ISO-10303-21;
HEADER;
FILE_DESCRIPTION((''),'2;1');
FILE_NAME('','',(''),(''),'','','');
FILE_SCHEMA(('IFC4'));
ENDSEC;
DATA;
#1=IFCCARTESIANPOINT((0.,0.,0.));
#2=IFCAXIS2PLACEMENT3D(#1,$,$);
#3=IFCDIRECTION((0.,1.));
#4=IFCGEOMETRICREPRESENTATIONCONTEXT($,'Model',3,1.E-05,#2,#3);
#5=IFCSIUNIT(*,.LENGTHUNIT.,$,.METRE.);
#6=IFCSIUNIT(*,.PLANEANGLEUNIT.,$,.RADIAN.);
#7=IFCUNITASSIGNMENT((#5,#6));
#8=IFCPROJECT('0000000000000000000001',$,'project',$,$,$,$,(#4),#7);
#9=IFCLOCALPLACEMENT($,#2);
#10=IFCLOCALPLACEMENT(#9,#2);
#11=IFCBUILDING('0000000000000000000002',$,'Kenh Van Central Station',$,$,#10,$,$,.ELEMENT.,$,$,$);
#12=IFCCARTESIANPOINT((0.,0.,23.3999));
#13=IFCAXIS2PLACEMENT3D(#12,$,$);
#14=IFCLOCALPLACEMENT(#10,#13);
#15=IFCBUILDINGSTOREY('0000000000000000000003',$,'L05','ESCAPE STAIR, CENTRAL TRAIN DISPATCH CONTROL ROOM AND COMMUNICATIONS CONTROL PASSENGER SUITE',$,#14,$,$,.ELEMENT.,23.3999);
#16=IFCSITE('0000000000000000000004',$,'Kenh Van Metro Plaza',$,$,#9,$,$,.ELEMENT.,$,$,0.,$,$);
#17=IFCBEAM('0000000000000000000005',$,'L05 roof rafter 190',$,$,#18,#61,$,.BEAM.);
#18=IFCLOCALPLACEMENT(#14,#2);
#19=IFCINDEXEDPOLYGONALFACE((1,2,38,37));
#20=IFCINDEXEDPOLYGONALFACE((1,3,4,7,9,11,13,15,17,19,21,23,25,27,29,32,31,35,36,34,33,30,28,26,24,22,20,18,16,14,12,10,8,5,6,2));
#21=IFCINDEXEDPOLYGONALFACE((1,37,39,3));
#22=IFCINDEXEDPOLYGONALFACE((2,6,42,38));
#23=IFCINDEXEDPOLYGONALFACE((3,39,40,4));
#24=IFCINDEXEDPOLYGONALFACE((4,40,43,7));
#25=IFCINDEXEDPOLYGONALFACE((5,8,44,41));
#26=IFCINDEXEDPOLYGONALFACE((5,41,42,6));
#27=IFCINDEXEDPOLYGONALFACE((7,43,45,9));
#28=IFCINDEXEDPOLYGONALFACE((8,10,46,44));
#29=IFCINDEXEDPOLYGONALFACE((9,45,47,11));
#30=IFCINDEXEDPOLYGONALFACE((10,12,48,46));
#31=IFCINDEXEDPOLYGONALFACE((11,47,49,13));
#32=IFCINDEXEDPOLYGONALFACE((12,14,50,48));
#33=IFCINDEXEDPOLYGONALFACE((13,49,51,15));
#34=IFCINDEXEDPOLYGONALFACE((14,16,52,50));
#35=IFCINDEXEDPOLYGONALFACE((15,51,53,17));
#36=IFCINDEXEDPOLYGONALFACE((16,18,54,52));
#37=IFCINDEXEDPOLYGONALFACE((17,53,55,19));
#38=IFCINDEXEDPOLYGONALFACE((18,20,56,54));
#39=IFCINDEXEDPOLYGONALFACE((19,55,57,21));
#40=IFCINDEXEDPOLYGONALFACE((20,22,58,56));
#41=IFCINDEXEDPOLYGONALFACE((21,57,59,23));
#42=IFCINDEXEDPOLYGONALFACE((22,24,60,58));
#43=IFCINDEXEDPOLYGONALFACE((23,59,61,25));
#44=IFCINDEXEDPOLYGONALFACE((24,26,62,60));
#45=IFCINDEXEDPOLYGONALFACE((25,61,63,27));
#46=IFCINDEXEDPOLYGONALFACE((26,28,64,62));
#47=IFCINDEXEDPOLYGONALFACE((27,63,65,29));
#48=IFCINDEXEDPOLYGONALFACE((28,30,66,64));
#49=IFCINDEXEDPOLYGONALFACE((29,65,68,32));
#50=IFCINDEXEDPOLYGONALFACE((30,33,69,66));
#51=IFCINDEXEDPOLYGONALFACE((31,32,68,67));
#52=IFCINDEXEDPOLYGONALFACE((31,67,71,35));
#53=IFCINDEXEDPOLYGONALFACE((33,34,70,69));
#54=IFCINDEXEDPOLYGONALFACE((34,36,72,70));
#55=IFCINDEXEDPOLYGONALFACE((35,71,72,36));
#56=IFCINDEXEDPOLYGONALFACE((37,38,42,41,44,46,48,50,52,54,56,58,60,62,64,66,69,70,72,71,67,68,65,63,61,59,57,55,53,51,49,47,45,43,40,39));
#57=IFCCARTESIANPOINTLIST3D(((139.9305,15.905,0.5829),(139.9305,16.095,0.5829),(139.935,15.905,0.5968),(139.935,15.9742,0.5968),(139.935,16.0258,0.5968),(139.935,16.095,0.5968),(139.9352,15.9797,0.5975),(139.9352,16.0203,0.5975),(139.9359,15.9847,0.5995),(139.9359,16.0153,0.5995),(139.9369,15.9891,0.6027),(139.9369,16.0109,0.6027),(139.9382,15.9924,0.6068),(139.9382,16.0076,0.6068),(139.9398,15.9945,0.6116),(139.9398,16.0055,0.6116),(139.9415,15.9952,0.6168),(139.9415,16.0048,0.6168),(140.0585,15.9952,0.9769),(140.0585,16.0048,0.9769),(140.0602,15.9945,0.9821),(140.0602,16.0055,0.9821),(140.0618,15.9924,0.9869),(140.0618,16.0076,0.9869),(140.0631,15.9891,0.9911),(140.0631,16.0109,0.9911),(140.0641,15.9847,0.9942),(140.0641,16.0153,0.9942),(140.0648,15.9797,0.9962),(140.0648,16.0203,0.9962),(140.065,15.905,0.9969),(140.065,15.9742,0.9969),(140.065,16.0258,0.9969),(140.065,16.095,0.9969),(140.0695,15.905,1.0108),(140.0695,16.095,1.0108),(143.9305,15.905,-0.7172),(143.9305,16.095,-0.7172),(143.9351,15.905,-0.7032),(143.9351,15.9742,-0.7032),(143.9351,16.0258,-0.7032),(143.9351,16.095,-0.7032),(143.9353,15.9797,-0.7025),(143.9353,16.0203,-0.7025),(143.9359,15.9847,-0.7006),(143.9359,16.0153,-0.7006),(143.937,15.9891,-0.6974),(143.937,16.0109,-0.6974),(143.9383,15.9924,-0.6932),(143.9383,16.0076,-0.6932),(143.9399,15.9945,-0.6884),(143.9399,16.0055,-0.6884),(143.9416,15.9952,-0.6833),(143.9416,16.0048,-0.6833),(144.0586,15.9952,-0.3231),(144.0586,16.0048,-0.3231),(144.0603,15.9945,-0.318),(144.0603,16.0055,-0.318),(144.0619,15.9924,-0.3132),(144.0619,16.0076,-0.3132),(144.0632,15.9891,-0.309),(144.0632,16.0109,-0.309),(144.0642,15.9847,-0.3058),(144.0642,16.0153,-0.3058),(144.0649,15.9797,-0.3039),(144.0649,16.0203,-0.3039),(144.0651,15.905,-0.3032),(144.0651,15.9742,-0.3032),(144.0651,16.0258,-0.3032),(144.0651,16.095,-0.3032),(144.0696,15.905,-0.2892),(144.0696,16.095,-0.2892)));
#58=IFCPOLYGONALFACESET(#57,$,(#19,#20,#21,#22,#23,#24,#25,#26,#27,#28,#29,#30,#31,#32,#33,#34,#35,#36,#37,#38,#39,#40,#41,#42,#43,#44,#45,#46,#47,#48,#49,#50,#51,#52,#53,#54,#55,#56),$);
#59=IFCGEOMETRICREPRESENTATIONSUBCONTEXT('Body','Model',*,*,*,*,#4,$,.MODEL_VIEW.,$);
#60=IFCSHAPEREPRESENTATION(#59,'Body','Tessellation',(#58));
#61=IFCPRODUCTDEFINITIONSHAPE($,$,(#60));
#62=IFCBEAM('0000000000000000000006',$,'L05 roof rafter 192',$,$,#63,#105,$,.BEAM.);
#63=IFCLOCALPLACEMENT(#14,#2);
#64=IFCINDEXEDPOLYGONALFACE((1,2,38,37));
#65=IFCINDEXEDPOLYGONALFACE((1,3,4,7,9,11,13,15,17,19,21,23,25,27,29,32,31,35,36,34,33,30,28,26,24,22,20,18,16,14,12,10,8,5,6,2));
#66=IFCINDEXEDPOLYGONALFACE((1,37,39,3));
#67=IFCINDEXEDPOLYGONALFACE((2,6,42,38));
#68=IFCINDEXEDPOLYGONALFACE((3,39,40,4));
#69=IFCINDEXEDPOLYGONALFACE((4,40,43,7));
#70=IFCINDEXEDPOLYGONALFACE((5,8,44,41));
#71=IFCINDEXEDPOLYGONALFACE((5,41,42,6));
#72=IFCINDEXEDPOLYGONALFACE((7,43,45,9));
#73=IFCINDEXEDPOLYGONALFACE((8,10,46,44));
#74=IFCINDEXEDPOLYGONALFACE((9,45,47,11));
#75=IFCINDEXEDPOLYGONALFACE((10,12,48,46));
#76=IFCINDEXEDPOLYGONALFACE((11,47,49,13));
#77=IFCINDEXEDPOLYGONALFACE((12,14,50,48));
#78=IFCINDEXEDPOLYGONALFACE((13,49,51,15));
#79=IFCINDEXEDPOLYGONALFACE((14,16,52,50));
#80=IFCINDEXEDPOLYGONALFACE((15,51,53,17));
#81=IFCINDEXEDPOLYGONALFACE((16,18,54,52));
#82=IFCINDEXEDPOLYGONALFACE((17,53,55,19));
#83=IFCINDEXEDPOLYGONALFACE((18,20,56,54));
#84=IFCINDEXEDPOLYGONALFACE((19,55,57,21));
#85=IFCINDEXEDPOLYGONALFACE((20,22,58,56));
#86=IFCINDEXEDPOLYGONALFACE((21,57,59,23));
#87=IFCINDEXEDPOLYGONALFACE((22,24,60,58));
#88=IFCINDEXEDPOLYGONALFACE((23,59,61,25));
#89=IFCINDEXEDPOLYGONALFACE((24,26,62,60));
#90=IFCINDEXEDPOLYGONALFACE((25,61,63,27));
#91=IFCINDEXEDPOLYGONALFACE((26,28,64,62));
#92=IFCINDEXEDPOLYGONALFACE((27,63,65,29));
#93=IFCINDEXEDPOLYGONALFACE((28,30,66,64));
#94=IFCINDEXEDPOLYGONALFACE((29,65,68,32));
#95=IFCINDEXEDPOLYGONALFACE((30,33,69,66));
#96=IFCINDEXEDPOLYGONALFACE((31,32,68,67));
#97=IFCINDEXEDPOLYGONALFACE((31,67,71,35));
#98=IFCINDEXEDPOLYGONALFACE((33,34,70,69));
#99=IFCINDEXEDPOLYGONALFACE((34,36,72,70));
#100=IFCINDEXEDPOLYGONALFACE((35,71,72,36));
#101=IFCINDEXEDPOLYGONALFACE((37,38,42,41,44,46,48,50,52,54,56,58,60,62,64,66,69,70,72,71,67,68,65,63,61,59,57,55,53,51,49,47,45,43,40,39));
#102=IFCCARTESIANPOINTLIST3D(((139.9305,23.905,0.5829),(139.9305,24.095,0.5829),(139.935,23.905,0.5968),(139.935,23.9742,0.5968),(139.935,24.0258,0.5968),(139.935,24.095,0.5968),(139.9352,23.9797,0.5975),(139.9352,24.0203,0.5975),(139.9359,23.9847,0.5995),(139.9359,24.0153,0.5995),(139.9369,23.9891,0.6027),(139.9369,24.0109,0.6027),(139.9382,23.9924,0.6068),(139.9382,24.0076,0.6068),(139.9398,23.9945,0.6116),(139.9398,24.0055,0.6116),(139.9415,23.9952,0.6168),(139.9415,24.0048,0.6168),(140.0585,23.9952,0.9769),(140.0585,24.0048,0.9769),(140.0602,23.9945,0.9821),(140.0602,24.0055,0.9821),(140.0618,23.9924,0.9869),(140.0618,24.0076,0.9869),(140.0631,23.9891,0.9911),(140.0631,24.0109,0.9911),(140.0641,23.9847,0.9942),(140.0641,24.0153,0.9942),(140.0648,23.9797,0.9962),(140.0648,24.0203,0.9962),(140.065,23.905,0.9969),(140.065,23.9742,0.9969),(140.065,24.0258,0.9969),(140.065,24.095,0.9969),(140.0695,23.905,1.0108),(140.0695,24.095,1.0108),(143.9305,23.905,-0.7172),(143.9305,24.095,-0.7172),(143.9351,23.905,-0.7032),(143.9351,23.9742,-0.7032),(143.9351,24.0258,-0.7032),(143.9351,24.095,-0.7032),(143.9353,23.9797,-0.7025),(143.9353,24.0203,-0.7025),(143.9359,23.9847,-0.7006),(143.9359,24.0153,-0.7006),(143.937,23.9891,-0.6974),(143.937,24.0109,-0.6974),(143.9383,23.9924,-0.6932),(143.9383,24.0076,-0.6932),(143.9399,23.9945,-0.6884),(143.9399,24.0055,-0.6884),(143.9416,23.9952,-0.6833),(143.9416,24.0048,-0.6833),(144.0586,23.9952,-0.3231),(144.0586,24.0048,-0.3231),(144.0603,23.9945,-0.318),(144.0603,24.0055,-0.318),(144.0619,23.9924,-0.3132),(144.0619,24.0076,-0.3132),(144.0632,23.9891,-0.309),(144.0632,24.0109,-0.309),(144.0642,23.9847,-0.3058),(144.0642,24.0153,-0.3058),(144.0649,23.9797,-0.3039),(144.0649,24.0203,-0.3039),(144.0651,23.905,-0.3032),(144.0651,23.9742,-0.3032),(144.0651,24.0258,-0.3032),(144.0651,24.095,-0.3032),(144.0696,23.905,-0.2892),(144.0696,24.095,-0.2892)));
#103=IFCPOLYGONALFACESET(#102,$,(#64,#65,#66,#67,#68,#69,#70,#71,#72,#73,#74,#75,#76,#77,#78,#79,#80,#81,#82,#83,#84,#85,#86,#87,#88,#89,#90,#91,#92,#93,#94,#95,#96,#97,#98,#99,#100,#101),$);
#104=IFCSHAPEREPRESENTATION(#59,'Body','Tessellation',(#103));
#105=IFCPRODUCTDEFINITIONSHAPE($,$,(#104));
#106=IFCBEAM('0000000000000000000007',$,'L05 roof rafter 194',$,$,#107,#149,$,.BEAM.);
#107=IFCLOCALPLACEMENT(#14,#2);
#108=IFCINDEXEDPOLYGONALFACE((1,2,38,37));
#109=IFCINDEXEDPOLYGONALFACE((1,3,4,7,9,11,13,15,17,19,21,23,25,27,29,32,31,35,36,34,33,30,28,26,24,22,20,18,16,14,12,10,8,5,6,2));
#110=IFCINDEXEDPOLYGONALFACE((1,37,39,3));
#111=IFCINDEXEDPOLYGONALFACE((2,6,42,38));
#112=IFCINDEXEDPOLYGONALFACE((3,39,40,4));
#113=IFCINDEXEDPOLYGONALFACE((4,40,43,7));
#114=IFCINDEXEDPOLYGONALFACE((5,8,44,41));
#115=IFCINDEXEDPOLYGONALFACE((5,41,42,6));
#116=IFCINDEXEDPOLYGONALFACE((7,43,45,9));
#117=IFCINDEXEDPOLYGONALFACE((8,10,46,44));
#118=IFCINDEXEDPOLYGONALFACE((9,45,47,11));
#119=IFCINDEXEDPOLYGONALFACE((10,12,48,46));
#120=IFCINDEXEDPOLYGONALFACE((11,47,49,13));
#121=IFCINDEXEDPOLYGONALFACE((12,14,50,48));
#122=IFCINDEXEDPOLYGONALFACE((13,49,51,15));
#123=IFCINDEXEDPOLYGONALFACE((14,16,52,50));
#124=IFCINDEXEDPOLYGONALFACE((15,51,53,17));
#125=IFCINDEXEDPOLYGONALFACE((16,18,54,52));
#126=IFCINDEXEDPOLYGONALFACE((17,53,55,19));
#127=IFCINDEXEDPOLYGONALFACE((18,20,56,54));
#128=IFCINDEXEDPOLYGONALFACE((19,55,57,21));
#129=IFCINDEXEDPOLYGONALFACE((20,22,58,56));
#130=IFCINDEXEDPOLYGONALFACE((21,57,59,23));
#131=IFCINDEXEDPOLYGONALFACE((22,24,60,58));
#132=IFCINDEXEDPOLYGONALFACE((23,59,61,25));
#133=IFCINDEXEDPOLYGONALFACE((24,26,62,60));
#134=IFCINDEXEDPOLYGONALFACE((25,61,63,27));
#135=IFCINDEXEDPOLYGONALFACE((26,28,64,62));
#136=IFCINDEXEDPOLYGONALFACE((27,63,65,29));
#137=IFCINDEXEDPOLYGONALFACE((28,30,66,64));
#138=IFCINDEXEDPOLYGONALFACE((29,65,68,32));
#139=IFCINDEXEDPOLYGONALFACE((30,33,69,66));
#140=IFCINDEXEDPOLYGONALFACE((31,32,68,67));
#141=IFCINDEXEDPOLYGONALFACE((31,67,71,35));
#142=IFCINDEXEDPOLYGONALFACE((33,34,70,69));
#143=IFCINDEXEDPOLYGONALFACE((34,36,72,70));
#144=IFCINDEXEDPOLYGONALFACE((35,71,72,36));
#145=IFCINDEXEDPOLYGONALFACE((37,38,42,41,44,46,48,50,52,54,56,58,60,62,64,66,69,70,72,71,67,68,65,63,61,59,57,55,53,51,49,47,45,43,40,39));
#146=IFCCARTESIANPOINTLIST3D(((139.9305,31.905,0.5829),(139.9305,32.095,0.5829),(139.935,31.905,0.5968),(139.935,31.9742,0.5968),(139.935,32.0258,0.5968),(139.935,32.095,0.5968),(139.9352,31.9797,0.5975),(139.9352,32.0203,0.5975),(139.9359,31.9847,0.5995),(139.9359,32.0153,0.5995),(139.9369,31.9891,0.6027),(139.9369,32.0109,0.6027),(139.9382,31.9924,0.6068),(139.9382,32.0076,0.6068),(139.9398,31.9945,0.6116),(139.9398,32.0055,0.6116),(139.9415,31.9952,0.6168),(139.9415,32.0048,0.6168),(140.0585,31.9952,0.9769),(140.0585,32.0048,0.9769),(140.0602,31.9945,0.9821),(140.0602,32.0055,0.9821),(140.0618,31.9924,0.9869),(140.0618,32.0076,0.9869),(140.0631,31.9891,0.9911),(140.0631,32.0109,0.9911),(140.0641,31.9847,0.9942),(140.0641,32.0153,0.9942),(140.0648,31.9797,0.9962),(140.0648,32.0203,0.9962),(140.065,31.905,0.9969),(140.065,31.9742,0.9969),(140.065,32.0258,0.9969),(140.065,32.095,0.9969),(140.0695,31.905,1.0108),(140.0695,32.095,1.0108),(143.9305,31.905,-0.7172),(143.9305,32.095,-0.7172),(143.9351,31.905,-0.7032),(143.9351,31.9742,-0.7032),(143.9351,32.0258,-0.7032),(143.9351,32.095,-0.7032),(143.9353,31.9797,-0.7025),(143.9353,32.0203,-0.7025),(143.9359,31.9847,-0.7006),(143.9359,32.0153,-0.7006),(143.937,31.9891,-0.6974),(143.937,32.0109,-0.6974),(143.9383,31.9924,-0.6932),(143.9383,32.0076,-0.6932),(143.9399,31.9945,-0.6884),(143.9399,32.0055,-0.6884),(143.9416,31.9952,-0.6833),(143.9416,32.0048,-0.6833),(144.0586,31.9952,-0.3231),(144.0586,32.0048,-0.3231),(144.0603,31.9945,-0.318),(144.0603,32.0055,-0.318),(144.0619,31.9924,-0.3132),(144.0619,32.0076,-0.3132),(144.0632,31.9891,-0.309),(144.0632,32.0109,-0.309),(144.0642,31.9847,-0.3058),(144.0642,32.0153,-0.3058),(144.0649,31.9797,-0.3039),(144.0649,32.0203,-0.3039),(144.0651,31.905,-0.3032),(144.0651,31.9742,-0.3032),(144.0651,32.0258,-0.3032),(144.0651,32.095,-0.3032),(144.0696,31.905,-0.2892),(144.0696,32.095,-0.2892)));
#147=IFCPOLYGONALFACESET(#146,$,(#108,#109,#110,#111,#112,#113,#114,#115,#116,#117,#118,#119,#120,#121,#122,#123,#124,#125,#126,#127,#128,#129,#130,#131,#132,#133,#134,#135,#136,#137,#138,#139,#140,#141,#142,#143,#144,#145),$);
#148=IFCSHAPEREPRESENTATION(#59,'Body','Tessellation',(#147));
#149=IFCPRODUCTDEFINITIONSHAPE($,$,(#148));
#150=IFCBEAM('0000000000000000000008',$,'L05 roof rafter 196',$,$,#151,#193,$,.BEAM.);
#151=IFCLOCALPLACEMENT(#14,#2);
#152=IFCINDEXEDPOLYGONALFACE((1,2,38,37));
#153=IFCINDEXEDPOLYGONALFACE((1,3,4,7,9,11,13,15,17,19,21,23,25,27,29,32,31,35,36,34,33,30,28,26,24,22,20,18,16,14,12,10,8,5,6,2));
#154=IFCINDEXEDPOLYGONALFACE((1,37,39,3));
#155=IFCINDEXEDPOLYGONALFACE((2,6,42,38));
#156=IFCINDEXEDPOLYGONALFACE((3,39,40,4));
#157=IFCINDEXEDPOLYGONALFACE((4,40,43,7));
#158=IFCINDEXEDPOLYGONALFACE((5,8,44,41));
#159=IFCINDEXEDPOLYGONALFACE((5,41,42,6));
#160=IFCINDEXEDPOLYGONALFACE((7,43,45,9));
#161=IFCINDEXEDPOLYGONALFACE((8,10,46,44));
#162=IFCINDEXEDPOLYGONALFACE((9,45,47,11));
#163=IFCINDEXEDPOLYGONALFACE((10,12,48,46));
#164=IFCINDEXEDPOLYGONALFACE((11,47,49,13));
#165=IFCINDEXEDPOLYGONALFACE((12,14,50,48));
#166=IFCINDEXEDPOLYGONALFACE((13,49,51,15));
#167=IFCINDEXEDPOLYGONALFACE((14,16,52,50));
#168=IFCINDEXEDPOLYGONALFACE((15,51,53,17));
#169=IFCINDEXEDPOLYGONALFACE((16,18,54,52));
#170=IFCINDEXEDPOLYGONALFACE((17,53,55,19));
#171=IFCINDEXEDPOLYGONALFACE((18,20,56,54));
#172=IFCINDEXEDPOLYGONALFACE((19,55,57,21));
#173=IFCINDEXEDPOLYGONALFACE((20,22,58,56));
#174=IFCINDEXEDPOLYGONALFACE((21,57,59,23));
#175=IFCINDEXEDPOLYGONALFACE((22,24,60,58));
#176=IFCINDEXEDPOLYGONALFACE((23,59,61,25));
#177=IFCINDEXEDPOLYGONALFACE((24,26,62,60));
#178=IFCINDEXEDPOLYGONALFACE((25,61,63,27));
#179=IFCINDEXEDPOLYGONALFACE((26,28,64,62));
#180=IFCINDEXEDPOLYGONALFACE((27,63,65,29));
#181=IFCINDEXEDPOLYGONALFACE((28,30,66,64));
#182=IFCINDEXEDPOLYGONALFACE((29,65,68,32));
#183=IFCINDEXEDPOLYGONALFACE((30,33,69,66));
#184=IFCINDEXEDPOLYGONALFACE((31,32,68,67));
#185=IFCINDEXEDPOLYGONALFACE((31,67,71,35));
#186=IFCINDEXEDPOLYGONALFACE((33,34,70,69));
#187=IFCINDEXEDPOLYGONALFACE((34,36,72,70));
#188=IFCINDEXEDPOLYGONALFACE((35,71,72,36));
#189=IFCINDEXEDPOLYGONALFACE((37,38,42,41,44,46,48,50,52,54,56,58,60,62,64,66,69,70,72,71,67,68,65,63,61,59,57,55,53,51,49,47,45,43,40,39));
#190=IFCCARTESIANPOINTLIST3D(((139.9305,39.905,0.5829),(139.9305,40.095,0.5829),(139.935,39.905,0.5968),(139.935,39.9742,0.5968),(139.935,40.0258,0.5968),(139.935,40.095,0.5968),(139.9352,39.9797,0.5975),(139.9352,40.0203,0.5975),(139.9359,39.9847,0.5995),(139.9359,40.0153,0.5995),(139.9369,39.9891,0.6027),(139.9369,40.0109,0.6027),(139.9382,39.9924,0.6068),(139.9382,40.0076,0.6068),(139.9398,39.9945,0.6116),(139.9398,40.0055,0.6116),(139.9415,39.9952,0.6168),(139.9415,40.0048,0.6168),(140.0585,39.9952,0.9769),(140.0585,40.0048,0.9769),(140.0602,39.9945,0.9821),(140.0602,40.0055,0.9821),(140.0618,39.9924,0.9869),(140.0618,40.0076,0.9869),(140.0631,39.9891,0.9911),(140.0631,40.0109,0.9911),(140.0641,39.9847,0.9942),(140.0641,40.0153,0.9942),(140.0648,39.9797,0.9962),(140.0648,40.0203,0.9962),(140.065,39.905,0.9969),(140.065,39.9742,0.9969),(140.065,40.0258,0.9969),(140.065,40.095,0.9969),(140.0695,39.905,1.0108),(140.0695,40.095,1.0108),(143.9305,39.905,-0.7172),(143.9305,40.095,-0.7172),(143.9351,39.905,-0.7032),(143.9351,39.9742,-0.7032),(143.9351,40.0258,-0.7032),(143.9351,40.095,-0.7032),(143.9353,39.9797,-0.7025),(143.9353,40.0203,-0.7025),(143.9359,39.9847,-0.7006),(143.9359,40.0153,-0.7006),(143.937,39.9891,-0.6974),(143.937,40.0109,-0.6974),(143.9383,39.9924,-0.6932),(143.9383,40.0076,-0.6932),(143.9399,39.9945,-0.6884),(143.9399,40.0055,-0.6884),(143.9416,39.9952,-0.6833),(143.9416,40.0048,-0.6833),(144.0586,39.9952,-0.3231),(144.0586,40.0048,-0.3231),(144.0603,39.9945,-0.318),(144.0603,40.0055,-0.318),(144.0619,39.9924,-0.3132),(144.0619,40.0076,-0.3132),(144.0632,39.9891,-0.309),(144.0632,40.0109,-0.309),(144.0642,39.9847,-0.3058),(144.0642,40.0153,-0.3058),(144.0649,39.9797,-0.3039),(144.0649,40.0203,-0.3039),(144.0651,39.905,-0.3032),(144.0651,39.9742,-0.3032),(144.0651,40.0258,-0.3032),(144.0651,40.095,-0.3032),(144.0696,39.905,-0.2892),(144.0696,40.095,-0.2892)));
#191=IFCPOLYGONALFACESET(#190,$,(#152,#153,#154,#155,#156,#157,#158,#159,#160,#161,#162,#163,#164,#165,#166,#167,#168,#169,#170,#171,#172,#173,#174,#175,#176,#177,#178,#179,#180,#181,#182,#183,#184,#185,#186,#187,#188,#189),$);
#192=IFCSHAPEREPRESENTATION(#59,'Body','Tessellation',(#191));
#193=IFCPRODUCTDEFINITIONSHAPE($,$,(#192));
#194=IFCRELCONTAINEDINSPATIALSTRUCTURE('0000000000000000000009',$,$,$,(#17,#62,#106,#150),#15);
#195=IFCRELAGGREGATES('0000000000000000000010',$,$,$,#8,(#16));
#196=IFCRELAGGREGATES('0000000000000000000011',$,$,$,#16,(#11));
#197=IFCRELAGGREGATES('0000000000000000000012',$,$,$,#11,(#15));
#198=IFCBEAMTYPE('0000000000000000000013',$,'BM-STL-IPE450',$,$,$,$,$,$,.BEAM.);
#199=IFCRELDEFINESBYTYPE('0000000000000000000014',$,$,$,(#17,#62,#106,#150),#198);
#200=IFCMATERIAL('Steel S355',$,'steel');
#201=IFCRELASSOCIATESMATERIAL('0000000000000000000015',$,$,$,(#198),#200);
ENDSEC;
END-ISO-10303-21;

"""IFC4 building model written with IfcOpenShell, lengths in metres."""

from ifc_helpers import new_model, si_unit, direction, frame, origin, origin_2d, place, context, subcontext, project, spatial, i_section, extrude, material, material_profile, profile_set, type_object, element, save


model = new_model("IFC4")

# Units and contexts
model_context = context("Model", 3, precision=1e-05, world=origin(), true_north=direction((0.0, 1.0)))
body_context = subcontext(model_context, "Body", "Model", "MODEL_VIEW")
ifc_project = project(units=[si_unit("LENGTHUNIT", "METRE"), si_unit("PLANEANGLEUNIT", "RADIAN")], contexts=[model_context])

# Site, building, storey
site_placement = place(None, origin())
site = spatial("IfcSite", under=ifc_project, at=site_placement, Name="Kenh Van Metro Plaza", CompositionType="ELEMENT", RefElevation=0.0)
building_placement = place(site_placement, origin())
building = spatial("IfcBuilding", under=site, at=building_placement, Name="Kenh Van Central Station", CompositionType="ELEMENT")
storey_placement = place(building_placement, frame((0.0, 0.0, 23.3999)))
storey = spatial("IfcBuildingStorey", under=building, at=storey_placement, Name="L05", Description="ESCAPE STAIR, CENTRAL TRAIN DISPATCH CONTROL ROOM AND COMMUNICATIONS CONTROL PASSENGER SUITE", CompositionType="ELEMENT", Elevation=23.3999)

# Beams
ifc_material_1 = material(Name="Steel S355", Category="steel")
ifc_material_profile_1 = material_profile(ifc_material_1, i_section(OverallWidth=0.1899, OverallDepth=0.45, WebThickness=0.0095, FlangeThickness=0.0146, FilletRadius=0.021, at=origin_2d()), Name="IPE 450")
ifc_profile_set_1 = profile_set([ifc_material_profile_1], Name="Steel S355")
beam_type = type_object("IfcBeamType", Name="BM-STL-IPE450", PredefinedType="BEAM", material=ifc_profile_set_1)
for number, where, z_axis, x_axis, name in (
    (1, (140.0, 16.0, 0.7969), (0.951031, 0.0, -0.309097), (0.0, 1.0, 0.0), "L05 roof rafter 190"),
    (2, (140.0, 24.0, 0.7969), (0.951031, 0.0, -0.309097), (0.0, 1.0, 0.0), "L05 roof rafter 192"),
    (3, (140.0, 32.0, 0.7969), (0.951031, 0.0, -0.309097), (0.0, 1.0, 0.0), "L05 roof rafter 194"),
    (4, (140.0, 40.0, 0.7969), (0.951031, 0.0, -0.309097), (0.0, 1.0, 0.0), "L05 roof rafter 196"),
):
    element("IfcBeam", number, at=place(storey_placement, frame(where, z_axis=z_axis, x_axis=x_axis)), inside=storey, type_object=beam_type, Name=name, PredefinedType="BEAM", context=body_context, shape_type="SweptSolid", body=[
        extrude(i_section(OverallWidth=0.1899, OverallDepth=0.45, WebThickness=0.0095, FlangeThickness=0.0146, FilletRadius=0.021, at=origin_2d()), origin(), (0.0, 0.0, 1.0), 4.2061),
    ])

save(model, "model.ifc")
